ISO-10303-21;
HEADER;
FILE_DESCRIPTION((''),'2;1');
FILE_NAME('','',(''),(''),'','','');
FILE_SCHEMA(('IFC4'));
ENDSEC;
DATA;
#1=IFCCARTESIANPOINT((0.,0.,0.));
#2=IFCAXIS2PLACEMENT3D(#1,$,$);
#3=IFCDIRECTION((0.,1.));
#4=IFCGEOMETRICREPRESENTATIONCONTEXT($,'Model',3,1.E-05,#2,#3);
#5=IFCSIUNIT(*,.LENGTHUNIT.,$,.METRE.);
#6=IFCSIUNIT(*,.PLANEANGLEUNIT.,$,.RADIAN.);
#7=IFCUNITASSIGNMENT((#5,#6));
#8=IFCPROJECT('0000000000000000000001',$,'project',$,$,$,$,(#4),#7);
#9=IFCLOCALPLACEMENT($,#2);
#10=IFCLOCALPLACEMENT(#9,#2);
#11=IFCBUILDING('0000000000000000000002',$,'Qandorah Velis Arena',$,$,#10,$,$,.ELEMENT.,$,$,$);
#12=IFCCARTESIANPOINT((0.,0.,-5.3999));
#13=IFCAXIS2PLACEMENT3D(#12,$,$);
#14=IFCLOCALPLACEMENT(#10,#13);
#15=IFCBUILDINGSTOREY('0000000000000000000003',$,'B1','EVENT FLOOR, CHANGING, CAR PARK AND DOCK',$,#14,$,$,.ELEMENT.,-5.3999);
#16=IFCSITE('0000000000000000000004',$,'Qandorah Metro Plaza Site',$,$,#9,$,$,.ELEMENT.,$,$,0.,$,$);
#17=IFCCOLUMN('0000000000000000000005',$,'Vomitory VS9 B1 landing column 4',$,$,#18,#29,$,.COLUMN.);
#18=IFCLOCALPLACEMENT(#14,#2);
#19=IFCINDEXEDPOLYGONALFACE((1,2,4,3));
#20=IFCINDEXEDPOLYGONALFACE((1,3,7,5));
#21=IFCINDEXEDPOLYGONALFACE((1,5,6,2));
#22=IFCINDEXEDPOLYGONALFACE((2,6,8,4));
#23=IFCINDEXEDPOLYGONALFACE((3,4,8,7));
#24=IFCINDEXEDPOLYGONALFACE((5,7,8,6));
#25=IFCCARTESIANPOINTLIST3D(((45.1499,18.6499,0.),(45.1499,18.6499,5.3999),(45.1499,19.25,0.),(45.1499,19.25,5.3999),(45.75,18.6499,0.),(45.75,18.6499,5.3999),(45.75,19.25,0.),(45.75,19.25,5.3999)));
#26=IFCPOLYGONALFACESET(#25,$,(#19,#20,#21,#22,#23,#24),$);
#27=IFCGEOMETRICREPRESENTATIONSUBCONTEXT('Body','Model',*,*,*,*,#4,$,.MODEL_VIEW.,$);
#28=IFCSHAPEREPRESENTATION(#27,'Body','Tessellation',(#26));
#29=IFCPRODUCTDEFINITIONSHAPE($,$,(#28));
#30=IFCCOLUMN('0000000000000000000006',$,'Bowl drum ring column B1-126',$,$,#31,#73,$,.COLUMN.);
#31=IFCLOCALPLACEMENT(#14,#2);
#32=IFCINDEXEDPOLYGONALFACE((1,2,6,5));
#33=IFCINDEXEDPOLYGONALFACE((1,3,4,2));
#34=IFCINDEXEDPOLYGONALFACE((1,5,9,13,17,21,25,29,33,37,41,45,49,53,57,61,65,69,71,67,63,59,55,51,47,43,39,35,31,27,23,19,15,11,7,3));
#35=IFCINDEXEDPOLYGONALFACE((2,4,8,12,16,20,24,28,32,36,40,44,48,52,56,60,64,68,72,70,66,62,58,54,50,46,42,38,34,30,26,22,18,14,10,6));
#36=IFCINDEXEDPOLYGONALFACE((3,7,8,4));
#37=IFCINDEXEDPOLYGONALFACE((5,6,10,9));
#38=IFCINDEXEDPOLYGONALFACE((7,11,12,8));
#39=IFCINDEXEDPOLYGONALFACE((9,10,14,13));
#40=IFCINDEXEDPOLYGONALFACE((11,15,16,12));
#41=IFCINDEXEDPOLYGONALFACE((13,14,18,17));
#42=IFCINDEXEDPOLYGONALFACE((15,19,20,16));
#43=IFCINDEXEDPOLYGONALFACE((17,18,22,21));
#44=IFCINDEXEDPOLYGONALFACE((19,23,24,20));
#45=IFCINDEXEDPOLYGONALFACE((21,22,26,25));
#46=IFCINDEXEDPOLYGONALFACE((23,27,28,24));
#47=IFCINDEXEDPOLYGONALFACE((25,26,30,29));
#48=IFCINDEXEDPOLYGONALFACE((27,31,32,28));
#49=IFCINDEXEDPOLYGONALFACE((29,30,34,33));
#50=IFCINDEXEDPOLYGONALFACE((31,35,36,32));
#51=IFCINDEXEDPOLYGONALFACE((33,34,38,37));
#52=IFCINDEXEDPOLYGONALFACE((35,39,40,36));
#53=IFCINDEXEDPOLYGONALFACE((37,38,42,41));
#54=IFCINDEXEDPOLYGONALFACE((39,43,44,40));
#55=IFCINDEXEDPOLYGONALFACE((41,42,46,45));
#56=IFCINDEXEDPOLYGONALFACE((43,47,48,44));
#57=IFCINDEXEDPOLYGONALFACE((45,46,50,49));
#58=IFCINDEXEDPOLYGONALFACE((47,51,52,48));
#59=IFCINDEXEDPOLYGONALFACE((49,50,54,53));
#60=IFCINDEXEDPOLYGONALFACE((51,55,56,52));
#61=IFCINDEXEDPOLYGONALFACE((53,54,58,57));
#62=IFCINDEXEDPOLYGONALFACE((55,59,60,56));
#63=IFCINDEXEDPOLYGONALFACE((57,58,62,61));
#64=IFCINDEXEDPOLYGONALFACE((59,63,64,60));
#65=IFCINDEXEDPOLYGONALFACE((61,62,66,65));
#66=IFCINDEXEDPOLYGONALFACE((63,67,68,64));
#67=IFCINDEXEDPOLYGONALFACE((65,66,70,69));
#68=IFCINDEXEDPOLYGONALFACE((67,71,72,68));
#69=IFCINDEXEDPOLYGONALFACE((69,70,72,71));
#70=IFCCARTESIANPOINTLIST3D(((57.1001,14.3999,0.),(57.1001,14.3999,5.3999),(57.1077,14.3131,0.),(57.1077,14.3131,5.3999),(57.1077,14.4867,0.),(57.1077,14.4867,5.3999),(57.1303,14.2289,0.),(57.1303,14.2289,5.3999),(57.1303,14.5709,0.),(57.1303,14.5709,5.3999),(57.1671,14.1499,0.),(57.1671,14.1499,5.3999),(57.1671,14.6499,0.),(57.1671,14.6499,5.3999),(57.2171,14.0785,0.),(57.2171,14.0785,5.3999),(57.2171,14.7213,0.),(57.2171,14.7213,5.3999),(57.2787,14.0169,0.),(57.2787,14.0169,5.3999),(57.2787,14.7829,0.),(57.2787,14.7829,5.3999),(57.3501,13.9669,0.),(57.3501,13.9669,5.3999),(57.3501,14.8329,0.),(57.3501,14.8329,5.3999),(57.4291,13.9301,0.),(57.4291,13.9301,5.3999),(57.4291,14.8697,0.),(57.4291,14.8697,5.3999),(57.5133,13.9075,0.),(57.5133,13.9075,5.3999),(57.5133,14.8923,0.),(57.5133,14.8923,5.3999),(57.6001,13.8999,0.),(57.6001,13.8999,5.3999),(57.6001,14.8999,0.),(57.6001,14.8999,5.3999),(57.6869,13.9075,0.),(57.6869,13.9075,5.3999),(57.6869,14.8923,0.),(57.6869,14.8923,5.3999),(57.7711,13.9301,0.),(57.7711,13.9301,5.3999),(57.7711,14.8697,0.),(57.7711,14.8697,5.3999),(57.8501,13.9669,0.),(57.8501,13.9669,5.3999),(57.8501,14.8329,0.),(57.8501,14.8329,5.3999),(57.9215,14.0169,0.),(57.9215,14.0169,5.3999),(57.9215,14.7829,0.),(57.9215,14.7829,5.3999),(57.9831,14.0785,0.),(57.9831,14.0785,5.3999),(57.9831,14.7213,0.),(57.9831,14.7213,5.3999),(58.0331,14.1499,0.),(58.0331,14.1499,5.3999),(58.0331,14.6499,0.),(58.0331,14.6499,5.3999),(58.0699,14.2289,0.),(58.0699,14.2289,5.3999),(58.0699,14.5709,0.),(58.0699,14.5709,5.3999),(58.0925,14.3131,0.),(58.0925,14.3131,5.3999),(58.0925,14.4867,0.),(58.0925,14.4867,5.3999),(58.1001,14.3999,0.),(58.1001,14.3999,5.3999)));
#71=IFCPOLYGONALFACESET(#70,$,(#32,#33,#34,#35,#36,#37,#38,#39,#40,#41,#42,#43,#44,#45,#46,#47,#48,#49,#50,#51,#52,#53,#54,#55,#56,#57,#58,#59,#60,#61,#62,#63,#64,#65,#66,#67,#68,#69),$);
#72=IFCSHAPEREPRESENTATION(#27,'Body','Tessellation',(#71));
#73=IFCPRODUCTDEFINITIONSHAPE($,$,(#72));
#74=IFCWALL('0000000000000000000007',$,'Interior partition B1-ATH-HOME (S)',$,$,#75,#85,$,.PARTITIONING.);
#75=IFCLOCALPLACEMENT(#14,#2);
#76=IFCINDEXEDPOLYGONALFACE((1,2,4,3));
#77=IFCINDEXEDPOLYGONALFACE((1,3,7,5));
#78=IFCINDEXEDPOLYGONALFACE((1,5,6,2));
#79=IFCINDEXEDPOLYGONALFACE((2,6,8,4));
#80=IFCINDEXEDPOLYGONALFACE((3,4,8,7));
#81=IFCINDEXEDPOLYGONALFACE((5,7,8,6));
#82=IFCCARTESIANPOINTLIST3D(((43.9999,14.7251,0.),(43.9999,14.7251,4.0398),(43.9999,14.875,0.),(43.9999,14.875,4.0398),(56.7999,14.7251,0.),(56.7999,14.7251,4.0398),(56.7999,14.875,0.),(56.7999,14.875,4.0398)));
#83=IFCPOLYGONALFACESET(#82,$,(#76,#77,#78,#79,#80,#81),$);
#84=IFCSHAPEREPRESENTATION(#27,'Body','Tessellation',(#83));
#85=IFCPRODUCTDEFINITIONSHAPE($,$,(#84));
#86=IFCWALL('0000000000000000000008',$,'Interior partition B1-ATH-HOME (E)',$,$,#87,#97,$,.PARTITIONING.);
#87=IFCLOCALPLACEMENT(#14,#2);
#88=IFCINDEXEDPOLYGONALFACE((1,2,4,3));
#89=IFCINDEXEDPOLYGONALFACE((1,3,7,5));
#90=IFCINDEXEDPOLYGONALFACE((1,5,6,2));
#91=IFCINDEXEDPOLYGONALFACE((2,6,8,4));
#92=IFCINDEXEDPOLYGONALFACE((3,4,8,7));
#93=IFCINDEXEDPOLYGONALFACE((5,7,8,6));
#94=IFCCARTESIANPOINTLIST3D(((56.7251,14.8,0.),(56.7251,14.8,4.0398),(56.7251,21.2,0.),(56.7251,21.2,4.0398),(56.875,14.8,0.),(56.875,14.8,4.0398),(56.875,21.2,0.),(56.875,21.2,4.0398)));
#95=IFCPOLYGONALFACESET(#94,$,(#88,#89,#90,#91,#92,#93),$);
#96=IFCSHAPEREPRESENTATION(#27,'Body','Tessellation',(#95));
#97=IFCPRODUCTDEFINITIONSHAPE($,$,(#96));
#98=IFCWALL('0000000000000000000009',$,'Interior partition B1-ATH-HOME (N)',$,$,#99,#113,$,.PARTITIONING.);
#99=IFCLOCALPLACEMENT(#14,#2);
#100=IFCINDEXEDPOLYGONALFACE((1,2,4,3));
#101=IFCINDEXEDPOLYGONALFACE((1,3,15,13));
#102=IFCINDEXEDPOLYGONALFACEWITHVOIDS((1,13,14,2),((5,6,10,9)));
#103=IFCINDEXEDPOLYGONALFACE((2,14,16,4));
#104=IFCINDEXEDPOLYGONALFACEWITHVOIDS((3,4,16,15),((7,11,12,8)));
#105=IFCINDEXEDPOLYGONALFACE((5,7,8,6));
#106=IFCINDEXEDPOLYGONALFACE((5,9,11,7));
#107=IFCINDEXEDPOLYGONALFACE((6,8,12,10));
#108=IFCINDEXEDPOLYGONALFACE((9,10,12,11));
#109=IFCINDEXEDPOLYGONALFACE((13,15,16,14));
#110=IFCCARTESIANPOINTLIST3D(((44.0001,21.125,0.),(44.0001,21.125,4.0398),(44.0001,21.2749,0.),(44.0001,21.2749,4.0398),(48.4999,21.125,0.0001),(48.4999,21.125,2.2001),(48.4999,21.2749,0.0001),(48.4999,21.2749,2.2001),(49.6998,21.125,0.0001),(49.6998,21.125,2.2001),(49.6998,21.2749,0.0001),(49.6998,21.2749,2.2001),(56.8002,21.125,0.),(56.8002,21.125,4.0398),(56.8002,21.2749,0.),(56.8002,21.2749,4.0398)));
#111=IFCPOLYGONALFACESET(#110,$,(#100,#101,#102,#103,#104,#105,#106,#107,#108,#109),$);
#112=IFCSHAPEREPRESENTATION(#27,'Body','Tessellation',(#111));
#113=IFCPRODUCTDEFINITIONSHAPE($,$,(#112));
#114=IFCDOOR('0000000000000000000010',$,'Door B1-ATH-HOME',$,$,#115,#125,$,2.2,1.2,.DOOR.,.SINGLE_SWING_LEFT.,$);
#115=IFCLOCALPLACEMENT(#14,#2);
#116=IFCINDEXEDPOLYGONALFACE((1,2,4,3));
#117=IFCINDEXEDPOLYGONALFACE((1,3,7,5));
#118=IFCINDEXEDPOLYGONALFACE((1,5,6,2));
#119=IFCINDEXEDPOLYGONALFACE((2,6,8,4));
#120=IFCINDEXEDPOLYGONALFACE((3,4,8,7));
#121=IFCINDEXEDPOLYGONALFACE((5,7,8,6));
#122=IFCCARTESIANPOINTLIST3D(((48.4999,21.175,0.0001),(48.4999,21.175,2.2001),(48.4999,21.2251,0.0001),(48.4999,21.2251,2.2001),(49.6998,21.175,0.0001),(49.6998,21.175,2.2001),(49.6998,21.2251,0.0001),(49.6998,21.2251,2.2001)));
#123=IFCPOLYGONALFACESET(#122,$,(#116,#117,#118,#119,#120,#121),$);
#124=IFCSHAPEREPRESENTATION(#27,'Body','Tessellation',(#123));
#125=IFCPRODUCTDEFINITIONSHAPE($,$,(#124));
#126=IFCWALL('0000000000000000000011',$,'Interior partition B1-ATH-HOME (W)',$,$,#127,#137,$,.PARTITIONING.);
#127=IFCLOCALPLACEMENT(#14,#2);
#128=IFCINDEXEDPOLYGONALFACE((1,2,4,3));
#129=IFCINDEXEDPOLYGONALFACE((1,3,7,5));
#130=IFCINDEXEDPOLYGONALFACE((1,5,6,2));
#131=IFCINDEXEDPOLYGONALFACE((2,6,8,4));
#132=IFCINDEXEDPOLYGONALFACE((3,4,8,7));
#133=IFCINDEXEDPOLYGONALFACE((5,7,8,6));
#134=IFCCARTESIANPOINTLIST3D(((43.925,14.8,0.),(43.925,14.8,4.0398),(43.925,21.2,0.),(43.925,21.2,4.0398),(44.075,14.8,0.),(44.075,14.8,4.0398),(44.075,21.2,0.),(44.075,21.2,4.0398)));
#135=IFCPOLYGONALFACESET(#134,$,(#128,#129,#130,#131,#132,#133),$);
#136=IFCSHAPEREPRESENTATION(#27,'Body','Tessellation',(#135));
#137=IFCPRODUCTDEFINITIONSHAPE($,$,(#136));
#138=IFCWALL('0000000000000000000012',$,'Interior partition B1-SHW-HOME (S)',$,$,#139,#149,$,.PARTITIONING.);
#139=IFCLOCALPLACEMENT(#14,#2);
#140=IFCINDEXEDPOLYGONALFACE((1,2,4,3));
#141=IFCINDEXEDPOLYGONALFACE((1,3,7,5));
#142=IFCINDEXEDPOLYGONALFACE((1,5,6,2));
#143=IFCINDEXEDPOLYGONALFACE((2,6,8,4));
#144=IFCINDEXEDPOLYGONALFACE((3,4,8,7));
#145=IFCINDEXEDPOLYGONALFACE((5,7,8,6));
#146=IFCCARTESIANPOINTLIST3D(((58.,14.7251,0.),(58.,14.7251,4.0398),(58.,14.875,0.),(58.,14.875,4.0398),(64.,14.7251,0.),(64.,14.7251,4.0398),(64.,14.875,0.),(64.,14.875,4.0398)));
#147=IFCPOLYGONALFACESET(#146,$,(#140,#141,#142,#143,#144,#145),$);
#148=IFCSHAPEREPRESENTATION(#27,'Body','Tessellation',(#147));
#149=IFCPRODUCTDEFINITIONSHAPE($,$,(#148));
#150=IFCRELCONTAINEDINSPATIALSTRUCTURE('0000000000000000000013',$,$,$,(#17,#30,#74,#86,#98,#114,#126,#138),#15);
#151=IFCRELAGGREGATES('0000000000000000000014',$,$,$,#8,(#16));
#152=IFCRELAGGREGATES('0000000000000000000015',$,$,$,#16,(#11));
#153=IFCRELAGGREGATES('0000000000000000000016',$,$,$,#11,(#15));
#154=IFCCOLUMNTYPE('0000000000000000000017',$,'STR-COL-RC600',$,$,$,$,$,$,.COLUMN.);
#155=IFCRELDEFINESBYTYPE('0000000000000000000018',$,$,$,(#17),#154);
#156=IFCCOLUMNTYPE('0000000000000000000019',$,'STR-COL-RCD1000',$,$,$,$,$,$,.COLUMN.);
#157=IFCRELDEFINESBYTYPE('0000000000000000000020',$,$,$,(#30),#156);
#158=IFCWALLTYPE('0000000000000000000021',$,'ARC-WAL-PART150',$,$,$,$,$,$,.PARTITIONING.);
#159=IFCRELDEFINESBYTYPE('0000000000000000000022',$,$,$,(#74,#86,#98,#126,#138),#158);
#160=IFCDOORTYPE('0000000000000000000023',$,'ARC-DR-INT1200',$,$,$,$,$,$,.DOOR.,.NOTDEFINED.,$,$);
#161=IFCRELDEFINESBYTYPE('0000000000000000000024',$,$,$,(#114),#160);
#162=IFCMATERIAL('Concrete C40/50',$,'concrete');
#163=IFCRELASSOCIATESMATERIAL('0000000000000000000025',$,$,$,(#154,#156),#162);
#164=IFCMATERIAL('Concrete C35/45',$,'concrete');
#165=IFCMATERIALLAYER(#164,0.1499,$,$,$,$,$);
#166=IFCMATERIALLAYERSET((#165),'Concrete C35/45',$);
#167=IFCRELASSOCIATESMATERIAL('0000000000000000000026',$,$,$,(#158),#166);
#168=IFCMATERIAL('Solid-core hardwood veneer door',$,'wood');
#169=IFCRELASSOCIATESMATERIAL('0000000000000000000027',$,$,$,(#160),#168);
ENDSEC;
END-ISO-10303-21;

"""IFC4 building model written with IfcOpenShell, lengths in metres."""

from ifc_helpers import new_model, si_unit, direction, frame, frame_2d, origin, origin_2d, place, context, subcontext, project, spatial, rectangle, circle, extrude, material, layer, layer_set, material_profile, profile_set, type_object, element, fill, save


model = new_model("IFC4")

# Units and contexts
model_context = context("Model", 3, precision=1e-05, world=origin(), true_north=direction((0.0, 1.0)))
body_context = subcontext(model_context, "Body", "Model", "MODEL_VIEW")
ifc_project = project(units=[si_unit("LENGTHUNIT", "METRE"), si_unit("PLANEANGLEUNIT", "RADIAN")], contexts=[model_context])

# Site, building, storey
site_placement = place(None, origin())
site = spatial("IfcSite", under=ifc_project, at=site_placement, Name="Qandorah Metro Plaza Site", CompositionType="ELEMENT", RefElevation=0.0)
building_placement = place(site_placement, origin())
building = spatial("IfcBuilding", under=site, at=building_placement, Name="Qandorah Velis Arena", CompositionType="ELEMENT")
storey_placement = place(building_placement, frame((0.0, 0.0, -5.3999)))
storey = spatial("IfcBuildingStorey", under=building, at=storey_placement, Name="B1", Description="EVENT FLOOR, CHANGING, CAR PARK AND DOCK", CompositionType="ELEMENT", Elevation=-5.3999)

# Shared definitions
ifc_material_1 = material(Name="Concrete C40/50", Category="concrete")

# Columns
ifc_material_profile_1 = material_profile(ifc_material_1, rectangle(XDim=0.6001, YDim=0.6001, at=origin_2d()), Name="RC COL 600x600")
ifc_profile_set_1 = profile_set([ifc_material_profile_1], Name="Concrete C40/50")
column_type_1 = type_object("IfcColumnType", Name="STR-COL-RC600", PredefinedType="COLUMN", material=ifc_profile_set_1)
for number, where, z_axis, x_axis, name in (
    (1, (45.45, 18.95, 0.0), (0.0, 0.0, 1.0), (1.0, 0.0, 0.0), "Vomitory VS9 B1 landing column 4"),
):
    element("IfcColumn", number, at=place(storey_placement, frame(where, z_axis=z_axis, x_axis=x_axis)), inside=storey, type_object=column_type_1, Name=name, PredefinedType="COLUMN", context=body_context, shape_type="SweptSolid", body=[
        extrude(rectangle(XDim=0.6001, YDim=0.6001, at=origin_2d()), origin(), (0.0, 0.0, 1.0), 5.3999),
    ])
ifc_material_profile_2 = material_profile(ifc_material_1, circle(Radius=0.5, at=origin_2d()), Name="RC D1000")
ifc_profile_set_2 = profile_set([ifc_material_profile_2], Name="Concrete C40/50")
column_type_2 = type_object("IfcColumnType", Name="STR-COL-RCD1000", PredefinedType="COLUMN", material=ifc_profile_set_2)
column_1_placement = place(storey_placement, frame((57.6001, 14.3999, 0.0), z_axis=(0.0, 0.0, 1.0), x_axis=(1.0, 0.0, 0.0)))
element("IfcColumn", 2, at=column_1_placement, inside=storey, type_object=column_type_2, Name="Bowl drum ring column B1-126", PredefinedType="COLUMN", context=body_context, shape_type="SweptSolid", body=[
    extrude(circle(Radius=0.5, at=origin_2d()), origin(), (0.0, 0.0, 1.0), 5.3999),
])

# Walls
ifc_material_2 = material(Name="Concrete C35/45", Category="concrete")
ifc_layer = layer(ifc_material_2, 0.1499)
ifc_layer_set = layer_set([ifc_layer], Name="Concrete C35/45")
wall_type = type_object("IfcWallType", Name="ARC-WAL-PART150", PredefinedType="PARTITIONING", material=ifc_layer_set)
wall_1_placement = place(storey_placement, frame((44.0, 14.8, 0.0), z_axis=(0.0, 0.0, 1.0), x_axis=(1.0, 0.0, 0.0)))
element("IfcWall", 3, at=wall_1_placement, inside=storey, type_object=wall_type, Name="Interior partition B1-ATH-HOME (S)", PredefinedType="PARTITIONING", context=body_context, shape_type="SweptSolid", body=[
    extrude(rectangle(XDim=12.8, YDim=0.1499, at=frame_2d((6.3999, 0.0))), origin(), (0.0, 0.0, 1.0), 4.0398),
])
wall_2_placement = place(storey_placement, frame((56.8, 14.8, 0.0), z_axis=(0.0, 0.0, 1.0), x_axis=(0.0, 1.0, 0.0)))
element("IfcWall", 4, at=wall_2_placement, inside=storey, type_object=wall_type, Name="Interior partition B1-ATH-HOME (E)", PredefinedType="PARTITIONING", context=body_context, shape_type="SweptSolid", body=[
    extrude(rectangle(XDim=6.3999, YDim=0.1499, at=frame_2d((3.2, 0.0))), origin(), (0.0, 0.0, 1.0), 4.0398),
])

# Wall, opening, door
wall_3_placement = place(storey_placement, frame((56.8, 21.2, 0.0), z_axis=(0.0, 0.0, 1.0), x_axis=(-1.0, 0.0, 0.0)))
wall_3 = element("IfcWall", 5, at=wall_3_placement, inside=storey, type_object=wall_type, Name="Interior partition B1-ATH-HOME (N)", PredefinedType="PARTITIONING", context=body_context, shape_type="SweptSolid", body=[
    extrude(rectangle(XDim=12.8, YDim=0.1499, at=frame_2d((6.3999, 0.0))), origin(), (0.0, 0.0, 1.0), 4.0398),
])
opening_placement = place(wall_3_placement, frame((7.1001, 0.0, 0.0)))
opening = element("IfcOpeningElement", 6, at=opening_placement, cuts=wall_3, PredefinedType="OPENING", context=body_context, shape_type="SweptSolid", body=[
    extrude(rectangle(XDim=1.2, YDim=2.2, at=frame_2d((0.6001, 1.1001))), frame((0.0, 0.085, 0.0), z_axis=(0.0, -1.0, 0.0), x_axis=(1.0, 0.0, 0.0)), (0.0, 0.0, 1.0), 0.1699),
])
ifc_material_3 = material(Name="Solid-core hardwood veneer door", Category="wood")
door_type = type_object("IfcDoorType", Name="ARC-DR-INT1200", OperationType="NOTDEFINED", PredefinedType="DOOR", material=ifc_material_3)
door_placement = place(opening_placement, origin())
door = element("IfcDoor", 7, at=door_placement, inside=storey, type_object=door_type, Name="Door B1-ATH-HOME", OperationType="SINGLE_SWING_LEFT", OverallHeight=2.2, OverallWidth=1.2, PredefinedType="DOOR", context=body_context, shape_type="SweptSolid", body=[
    extrude(rectangle(XDim=1.2, YDim=2.2, at=frame_2d((0.6001, 1.1001))), frame((0.0, 0.0249, 0.0), z_axis=(0.0, -1.0, 0.0), x_axis=(1.0, 0.0, 0.0)), (0.0, 0.0, 1.0), 0.05),
])
fill(opening, door)

# Walls
wall_4_placement = place(storey_placement, frame((44.0, 21.2, 0.0), z_axis=(0.0, 0.0, 1.0), x_axis=(0.0, -1.0, 0.0)))
element("IfcWall", 8, at=wall_4_placement, inside=storey, type_object=wall_type, Name="Interior partition B1-ATH-HOME (W)", PredefinedType="PARTITIONING", context=body_context, shape_type="SweptSolid", body=[
    extrude(rectangle(XDim=6.3999, YDim=0.1499, at=frame_2d((3.2, 0.0))), origin(), (0.0, 0.0, 1.0), 4.0398),
])
wall_5_placement = place(storey_placement, frame((58.0, 14.8, 0.0), z_axis=(0.0, 0.0, 1.0), x_axis=(1.0, 0.0, 0.0)))
element("IfcWall", 9, at=wall_5_placement, inside=storey, type_object=wall_type, Name="Interior partition B1-SHW-HOME (S)", PredefinedType="PARTITIONING", context=body_context, shape_type="SweptSolid", body=[
    extrude(rectangle(XDim=6.0, YDim=0.1499, at=frame_2d((3.0, 0.0))), origin(), (0.0, 0.0, 1.0), 4.0398),
])

save(model, "model.ifc")
